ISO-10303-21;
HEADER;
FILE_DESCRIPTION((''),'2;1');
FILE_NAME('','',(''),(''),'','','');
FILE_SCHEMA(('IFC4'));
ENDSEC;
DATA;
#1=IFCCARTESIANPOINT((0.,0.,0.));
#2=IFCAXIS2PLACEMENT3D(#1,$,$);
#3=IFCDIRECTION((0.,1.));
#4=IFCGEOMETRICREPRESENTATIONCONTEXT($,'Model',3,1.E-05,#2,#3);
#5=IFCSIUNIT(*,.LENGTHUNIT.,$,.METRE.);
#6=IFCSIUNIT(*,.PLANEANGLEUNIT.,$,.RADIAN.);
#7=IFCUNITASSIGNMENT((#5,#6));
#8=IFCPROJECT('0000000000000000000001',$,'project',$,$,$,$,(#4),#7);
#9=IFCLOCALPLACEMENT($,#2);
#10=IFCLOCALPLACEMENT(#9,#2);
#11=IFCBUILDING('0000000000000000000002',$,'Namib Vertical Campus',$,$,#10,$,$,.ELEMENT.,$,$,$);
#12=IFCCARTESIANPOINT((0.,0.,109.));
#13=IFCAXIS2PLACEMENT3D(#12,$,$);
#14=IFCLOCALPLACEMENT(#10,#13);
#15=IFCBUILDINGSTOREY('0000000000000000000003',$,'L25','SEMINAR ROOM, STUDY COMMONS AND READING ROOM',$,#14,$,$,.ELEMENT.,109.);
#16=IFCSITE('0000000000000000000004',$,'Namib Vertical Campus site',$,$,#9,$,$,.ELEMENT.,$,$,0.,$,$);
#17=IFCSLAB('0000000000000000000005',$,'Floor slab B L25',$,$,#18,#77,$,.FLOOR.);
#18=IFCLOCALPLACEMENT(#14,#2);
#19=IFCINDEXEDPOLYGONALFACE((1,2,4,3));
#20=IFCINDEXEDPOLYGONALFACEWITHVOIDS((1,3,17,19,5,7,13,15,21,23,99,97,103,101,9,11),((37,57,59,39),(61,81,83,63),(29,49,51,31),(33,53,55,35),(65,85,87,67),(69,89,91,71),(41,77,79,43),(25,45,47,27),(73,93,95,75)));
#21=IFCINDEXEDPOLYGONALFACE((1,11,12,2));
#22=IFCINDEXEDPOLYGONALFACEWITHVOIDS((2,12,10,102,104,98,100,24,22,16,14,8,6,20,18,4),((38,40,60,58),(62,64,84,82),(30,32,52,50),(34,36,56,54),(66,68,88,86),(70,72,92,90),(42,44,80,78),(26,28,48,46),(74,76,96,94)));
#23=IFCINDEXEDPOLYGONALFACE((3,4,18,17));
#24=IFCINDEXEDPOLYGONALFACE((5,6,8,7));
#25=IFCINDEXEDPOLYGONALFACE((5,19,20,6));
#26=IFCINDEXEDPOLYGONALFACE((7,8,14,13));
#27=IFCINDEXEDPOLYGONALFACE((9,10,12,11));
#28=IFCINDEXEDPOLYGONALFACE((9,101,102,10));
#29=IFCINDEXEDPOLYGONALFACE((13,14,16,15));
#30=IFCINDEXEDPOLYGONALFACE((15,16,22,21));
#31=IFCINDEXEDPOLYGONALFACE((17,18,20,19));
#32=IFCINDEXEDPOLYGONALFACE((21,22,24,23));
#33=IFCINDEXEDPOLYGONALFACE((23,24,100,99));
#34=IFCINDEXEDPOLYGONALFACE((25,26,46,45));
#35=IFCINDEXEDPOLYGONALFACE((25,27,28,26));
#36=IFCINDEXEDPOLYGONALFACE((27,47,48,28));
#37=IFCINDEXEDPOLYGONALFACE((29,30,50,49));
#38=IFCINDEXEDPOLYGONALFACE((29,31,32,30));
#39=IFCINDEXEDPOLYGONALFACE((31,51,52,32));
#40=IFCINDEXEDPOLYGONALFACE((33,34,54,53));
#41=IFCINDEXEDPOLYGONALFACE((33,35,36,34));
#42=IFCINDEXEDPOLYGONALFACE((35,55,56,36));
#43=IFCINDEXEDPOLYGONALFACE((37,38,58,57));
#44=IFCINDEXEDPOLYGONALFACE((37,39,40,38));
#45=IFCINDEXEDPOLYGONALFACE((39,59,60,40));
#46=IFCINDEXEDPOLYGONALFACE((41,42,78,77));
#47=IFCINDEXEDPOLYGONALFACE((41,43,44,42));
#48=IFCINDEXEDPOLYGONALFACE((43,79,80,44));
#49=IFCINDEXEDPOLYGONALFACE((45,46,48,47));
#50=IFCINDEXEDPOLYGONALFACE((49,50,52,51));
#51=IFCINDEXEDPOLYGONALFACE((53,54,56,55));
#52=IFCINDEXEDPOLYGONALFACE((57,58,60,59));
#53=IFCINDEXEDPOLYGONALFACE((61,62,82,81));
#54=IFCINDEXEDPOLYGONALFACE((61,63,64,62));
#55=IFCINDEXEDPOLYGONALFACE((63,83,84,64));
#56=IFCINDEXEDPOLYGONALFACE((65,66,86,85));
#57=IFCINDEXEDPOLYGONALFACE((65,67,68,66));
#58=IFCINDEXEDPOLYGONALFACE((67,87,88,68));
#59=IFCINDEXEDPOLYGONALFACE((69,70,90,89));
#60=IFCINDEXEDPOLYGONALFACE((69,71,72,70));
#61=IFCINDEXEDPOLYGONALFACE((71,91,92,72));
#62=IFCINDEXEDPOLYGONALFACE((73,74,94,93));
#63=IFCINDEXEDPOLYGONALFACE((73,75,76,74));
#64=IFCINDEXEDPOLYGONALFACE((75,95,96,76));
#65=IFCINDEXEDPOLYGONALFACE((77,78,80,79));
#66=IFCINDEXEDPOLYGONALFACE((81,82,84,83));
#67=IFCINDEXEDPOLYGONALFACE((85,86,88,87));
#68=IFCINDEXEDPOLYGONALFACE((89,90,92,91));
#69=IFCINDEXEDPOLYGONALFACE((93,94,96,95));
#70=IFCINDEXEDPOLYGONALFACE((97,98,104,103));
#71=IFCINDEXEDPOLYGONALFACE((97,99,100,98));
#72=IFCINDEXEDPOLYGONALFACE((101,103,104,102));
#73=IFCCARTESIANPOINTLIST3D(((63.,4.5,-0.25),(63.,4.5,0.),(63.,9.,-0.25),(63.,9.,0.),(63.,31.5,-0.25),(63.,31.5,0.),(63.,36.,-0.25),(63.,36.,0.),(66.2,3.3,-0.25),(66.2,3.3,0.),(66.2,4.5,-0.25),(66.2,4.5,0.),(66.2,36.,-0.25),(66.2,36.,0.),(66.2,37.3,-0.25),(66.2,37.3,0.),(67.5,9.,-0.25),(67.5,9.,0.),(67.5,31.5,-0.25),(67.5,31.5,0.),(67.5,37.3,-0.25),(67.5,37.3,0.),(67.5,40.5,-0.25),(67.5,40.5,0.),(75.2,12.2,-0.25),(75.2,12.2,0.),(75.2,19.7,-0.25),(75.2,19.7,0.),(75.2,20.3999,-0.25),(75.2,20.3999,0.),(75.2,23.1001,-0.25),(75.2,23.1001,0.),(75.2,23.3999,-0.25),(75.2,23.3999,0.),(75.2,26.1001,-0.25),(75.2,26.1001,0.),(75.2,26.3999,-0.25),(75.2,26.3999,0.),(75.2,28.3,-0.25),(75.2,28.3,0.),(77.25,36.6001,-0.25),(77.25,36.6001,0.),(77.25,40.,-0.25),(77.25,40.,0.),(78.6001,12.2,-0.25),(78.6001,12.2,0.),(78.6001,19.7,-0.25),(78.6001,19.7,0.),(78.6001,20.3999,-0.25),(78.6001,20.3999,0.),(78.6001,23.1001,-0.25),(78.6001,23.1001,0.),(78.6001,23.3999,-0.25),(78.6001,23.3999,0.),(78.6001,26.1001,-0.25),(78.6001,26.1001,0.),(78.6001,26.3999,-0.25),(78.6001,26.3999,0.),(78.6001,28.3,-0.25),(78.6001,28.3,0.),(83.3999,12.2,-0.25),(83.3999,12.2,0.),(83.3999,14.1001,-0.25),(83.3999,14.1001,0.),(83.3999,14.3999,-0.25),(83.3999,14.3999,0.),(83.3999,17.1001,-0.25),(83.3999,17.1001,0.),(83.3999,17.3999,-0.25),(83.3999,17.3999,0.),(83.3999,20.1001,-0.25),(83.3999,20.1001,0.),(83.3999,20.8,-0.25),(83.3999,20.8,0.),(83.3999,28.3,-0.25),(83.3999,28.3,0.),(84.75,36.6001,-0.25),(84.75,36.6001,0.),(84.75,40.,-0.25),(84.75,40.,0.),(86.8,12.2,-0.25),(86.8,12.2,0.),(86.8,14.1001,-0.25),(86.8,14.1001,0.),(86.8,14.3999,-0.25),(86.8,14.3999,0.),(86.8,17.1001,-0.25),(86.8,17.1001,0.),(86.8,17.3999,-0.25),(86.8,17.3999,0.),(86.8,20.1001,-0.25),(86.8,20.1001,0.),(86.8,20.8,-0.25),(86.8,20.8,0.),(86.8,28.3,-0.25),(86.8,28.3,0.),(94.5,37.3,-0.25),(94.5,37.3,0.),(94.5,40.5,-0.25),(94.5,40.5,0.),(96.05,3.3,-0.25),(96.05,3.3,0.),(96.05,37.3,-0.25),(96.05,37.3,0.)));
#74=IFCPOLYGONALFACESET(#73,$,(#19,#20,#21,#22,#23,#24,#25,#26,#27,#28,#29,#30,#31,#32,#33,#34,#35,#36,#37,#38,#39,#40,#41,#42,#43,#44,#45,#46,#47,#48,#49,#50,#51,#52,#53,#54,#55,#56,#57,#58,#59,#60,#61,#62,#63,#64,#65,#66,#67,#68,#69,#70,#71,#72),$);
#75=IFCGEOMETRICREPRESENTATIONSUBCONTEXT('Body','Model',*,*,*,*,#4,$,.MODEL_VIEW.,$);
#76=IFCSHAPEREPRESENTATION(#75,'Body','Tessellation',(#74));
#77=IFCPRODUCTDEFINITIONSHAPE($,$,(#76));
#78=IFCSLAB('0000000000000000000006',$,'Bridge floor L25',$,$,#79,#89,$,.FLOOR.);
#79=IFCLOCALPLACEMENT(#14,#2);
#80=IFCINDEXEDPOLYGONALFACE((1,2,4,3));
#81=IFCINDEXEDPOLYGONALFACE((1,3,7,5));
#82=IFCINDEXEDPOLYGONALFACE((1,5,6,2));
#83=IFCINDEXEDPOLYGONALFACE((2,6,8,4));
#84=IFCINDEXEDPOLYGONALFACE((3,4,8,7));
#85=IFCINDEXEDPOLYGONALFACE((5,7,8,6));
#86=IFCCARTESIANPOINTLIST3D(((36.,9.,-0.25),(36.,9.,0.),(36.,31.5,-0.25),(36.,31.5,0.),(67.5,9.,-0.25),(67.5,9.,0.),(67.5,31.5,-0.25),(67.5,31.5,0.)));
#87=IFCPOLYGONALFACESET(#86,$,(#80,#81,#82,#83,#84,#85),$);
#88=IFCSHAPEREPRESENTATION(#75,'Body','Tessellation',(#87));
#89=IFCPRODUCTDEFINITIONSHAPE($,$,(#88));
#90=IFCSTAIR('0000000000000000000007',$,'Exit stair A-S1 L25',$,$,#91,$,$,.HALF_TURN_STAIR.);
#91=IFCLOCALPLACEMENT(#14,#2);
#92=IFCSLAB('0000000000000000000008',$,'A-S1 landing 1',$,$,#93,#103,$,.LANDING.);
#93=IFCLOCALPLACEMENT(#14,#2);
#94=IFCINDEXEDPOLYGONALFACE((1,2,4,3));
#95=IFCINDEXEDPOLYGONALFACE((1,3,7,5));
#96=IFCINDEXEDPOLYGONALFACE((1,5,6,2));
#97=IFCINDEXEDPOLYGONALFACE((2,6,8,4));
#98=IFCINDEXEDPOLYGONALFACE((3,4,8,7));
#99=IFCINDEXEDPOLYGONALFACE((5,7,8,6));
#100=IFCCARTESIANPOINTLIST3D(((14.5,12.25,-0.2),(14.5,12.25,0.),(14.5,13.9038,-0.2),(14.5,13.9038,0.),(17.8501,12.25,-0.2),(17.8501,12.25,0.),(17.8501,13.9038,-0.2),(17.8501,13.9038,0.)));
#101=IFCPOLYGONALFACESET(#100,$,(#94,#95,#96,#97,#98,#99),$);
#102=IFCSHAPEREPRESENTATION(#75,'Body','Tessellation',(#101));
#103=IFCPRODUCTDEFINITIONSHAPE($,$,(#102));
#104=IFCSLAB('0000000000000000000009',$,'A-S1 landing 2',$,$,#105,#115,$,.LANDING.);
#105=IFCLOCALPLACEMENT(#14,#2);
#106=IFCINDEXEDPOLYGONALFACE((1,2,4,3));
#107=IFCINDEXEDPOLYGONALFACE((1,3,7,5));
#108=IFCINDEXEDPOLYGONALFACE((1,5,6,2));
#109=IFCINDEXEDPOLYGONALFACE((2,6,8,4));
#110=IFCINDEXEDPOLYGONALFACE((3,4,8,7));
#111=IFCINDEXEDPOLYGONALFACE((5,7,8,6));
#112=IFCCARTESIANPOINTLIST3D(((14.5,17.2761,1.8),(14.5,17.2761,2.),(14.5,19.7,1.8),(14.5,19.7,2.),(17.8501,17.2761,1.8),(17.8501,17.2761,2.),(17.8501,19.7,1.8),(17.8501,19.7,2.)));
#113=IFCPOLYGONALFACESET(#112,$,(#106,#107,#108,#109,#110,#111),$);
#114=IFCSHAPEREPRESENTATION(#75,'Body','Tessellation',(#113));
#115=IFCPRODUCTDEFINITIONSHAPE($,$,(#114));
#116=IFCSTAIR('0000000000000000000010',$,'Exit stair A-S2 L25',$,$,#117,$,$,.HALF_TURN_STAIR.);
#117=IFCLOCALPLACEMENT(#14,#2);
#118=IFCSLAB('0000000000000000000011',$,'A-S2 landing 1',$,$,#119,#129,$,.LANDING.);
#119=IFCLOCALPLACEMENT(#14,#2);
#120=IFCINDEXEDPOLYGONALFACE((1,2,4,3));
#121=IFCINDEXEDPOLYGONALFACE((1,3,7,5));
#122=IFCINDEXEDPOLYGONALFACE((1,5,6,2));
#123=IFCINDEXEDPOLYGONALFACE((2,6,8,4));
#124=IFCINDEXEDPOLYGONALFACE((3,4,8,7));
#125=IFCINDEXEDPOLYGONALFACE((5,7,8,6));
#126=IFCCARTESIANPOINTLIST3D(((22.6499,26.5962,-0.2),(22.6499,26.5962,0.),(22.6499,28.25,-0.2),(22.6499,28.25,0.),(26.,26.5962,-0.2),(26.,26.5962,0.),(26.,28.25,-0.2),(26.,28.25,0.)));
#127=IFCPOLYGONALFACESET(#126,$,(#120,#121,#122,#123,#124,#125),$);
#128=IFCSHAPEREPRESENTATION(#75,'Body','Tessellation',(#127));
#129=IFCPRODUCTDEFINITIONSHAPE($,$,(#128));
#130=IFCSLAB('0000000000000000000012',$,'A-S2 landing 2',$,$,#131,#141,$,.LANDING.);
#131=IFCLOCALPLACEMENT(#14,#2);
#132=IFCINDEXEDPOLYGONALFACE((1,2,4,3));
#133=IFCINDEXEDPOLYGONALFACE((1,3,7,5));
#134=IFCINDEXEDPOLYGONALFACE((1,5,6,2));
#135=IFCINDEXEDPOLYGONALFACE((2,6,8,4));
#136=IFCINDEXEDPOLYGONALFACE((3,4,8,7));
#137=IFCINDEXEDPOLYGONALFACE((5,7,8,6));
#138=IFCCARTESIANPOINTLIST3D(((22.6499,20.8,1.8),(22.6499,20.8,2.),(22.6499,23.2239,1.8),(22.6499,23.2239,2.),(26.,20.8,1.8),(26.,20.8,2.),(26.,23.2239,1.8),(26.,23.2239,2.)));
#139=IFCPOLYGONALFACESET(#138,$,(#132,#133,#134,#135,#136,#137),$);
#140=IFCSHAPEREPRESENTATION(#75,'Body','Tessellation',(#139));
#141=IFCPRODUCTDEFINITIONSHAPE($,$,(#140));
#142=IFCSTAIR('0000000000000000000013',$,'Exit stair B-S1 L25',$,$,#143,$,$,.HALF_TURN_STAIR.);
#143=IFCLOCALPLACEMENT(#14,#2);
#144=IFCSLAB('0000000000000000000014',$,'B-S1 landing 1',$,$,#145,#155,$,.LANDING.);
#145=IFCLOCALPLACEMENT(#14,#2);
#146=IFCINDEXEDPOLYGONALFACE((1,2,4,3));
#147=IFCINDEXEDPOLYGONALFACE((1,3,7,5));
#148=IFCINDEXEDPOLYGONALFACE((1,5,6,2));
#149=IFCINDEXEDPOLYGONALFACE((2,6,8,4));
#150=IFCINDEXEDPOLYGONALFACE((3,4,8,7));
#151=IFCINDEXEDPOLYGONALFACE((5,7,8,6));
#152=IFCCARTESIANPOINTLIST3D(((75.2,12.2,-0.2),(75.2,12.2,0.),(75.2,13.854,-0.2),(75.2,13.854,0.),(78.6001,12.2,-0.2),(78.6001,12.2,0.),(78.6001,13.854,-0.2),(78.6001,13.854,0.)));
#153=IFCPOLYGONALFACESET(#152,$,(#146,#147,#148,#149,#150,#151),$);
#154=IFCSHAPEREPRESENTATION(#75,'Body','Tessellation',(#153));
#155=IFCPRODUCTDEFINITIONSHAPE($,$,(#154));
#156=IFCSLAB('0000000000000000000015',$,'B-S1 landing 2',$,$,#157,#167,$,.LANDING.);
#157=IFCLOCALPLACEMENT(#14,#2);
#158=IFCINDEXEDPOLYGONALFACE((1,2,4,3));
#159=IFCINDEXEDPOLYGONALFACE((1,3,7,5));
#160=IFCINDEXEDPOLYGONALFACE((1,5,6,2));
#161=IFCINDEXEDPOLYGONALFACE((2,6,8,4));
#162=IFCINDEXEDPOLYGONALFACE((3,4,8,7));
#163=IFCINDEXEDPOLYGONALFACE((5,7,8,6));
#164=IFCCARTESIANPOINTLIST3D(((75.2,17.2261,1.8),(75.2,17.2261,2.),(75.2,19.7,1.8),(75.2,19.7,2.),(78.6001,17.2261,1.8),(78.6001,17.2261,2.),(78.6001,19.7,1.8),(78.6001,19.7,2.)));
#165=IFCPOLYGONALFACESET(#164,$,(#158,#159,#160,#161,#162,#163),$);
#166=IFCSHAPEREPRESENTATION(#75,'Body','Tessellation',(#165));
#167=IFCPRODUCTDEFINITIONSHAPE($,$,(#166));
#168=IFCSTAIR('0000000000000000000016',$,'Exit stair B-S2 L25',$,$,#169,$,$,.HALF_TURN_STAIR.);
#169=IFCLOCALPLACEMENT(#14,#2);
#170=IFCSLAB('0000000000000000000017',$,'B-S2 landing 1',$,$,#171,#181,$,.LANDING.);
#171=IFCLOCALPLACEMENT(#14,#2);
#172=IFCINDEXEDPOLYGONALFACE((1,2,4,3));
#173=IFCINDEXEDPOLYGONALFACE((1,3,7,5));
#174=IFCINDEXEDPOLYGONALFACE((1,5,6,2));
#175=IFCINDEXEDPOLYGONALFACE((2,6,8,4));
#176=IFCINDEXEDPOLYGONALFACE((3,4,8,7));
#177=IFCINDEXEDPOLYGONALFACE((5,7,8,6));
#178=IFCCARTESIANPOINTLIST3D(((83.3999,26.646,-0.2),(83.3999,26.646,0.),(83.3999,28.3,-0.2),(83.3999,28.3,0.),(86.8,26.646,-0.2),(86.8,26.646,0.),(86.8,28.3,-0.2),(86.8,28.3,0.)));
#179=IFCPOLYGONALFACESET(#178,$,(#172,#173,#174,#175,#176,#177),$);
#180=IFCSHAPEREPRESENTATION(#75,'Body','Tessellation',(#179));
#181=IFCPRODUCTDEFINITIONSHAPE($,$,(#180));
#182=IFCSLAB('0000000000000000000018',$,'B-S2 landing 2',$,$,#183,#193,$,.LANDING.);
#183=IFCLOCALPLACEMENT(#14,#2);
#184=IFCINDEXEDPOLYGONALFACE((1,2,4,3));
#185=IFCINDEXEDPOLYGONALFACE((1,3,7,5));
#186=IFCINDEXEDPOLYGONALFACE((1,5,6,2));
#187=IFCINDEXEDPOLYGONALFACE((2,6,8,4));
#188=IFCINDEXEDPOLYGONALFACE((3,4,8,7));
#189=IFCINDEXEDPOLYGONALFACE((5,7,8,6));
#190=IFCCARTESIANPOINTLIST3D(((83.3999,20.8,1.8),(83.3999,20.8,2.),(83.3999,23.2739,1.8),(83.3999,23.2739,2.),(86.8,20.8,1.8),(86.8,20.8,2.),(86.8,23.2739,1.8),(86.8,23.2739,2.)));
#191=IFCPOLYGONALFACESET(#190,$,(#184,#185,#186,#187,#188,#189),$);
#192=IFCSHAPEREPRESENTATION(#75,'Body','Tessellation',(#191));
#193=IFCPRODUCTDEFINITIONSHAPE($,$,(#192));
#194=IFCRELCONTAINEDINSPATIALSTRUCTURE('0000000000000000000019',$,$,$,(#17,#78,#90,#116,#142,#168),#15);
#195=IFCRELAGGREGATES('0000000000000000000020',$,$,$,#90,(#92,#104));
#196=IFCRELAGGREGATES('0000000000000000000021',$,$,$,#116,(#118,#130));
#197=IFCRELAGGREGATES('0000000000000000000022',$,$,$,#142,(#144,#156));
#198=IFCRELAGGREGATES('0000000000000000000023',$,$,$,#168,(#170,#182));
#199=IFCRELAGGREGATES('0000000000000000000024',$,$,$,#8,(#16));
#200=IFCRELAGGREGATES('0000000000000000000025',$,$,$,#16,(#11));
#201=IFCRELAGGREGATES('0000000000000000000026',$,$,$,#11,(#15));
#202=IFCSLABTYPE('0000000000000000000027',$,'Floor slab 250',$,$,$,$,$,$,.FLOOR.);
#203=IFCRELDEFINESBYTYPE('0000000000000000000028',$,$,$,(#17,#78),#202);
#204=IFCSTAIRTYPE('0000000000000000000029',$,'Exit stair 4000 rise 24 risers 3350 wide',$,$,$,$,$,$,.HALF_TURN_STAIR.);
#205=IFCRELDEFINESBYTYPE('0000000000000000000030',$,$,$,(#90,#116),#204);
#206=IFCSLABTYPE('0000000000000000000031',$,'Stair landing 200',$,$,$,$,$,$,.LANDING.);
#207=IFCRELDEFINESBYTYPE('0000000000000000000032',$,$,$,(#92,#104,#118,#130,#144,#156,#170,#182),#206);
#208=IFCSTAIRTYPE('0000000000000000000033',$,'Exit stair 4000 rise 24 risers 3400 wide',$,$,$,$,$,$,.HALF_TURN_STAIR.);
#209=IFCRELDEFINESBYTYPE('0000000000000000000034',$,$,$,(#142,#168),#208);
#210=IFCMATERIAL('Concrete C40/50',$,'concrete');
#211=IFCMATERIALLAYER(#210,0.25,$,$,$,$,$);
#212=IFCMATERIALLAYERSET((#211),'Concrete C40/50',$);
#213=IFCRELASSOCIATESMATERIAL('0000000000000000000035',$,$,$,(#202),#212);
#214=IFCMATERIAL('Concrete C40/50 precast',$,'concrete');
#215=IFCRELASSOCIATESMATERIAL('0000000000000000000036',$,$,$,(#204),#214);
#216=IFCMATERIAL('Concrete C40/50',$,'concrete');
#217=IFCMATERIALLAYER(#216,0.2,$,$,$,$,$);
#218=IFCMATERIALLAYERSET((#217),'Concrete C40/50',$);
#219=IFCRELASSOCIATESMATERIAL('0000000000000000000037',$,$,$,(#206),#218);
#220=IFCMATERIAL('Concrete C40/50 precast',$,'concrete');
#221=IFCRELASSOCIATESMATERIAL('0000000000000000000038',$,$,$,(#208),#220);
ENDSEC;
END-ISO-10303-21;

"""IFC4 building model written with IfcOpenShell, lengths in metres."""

from ifc_helpers import new_model, si_unit, direction, frame, origin, place, context, subcontext, project, spatial, polyline, outline, extrude, material, layer, layer_set, type_object, element, aggregate, save


model = new_model("IFC4")

# Units and contexts
model_context = context("Model", 3, precision=1e-05, world=origin(), true_north=direction((0.0, 1.0)))
body_context = subcontext(model_context, "Body", "Model", "MODEL_VIEW")
ifc_project = project(units=[si_unit("LENGTHUNIT", "METRE"), si_unit("PLANEANGLEUNIT", "RADIAN")], contexts=[model_context])

# Site, building, storey
site_placement = place(None, origin())
site = spatial("IfcSite", under=ifc_project, at=site_placement, Name="Namib Vertical Campus site", CompositionType="ELEMENT", RefElevation=0.0)
building_placement = place(site_placement, origin())
building = spatial("IfcBuilding", under=site, at=building_placement, Name="Namib Vertical Campus", CompositionType="ELEMENT")
storey_placement = place(building_placement, frame((0.0, 0.0, 109.0)))
storey = spatial("IfcBuildingStorey", under=building, at=storey_placement, Name="L25", Description="SEMINAR ROOM, STUDY COMMONS AND READING ROOM", CompositionType="ELEMENT", Elevation=109.0)

# Slabs
ifc_material_1 = material(Name="Concrete C40/50", Category="concrete")
ifc_layer_1 = layer(ifc_material_1, 0.25)
ifc_layer_set_1 = layer_set([ifc_layer_1], Name="Concrete C40/50")
slab_type_1 = type_object("IfcSlabType", Name="Floor slab 250", PredefinedType="FLOOR", material=ifc_layer_set_1)
slab_1_placement = place(storey_placement, frame((0.0, 0.0, -0.25)))
element("IfcSlab", 1, at=slab_1_placement, inside=storey, type_object=slab_type_1, Name="Floor slab B L25", PredefinedType="FLOOR", context=body_context, shape_type="SweptSolid", body=[
    extrude(outline(polyline([(63.0, 9.0), (63.0, 4.5), (66.2, 4.5), (66.2, 3.3), (96.05, 3.3), (96.05, 37.3), (94.5, 37.3), (94.5, 40.5), (67.5, 40.5), (67.5, 37.3), (66.2, 37.3), (66.2, 36.0), (63.0, 36.0), (63.0, 31.5), (67.5, 31.5), (67.5, 9.0), (63.0, 9.0)]), holes=[polyline([(75.2, 12.2), (78.6001, 12.2), (78.6001, 19.7), (75.2, 19.7), (75.2, 12.2)]), polyline([(83.3999, 20.8), (86.8, 20.8), (86.8, 28.3), (83.3999, 28.3), (83.3999, 20.8)]), polyline([(83.3999, 12.2), (86.8, 12.2), (86.8, 14.1001), (83.3999, 14.1001), (83.3999, 12.2)]), polyline([(75.2, 20.3999), (78.6001, 20.3999), (78.6001, 23.1001), (75.2, 23.1001), (75.2, 20.3999)]), polyline([(75.2, 23.3999), (78.6001, 23.3999), (78.6001, 26.1001), (75.2, 26.1001), (75.2, 23.3999)]), polyline([(75.2, 26.3999), (78.6001, 26.3999), (78.6001, 28.3), (75.2, 28.3), (75.2, 26.3999)]), polyline([(83.3999, 14.3999), (86.8, 14.3999), (86.8, 17.1001), (83.3999, 17.1001), (83.3999, 14.3999)]), polyline([(83.3999, 17.3999), (86.8, 17.3999), (86.8, 20.1001), (83.3999, 20.1001), (83.3999, 17.3999)]), polyline([(77.25, 36.6001), (84.75, 36.6001), (84.75, 40.0), (77.25, 40.0), (77.25, 36.6001)])]), origin(), (0.0, 0.0, 1.0), 0.25),
])
slab_2_placement = place(storey_placement, frame((0.0, 0.0, -0.25)))
element("IfcSlab", 2, at=slab_2_placement, inside=storey, type_object=slab_type_1, Name="Bridge floor L25", PredefinedType="FLOOR", context=body_context, shape_type="SweptSolid", body=[
    extrude(outline(polyline([(36.0, 9.0), (67.5, 9.0), (67.5, 31.5), (36.0, 31.5), (36.0, 9.0)])), origin(), (0.0, 0.0, 1.0), 0.25),
])

# Stairs, slabs
ifc_material_2 = material(Name="Concrete C40/50 precast", Category="concrete")
stair_type_1 = type_object("IfcStairType", Name="Exit stair 4000 rise 24 risers 3350 wide", PredefinedType="HALF_TURN_STAIR", material=ifc_material_2)
stair_1_placement = place(storey_placement, origin())
stair_1 = element("IfcStair", 3, at=stair_1_placement, inside=storey, type_object=stair_type_1, Name="Exit stair A-S1 L25", PredefinedType="HALF_TURN_STAIR")
ifc_material_3 = material(Name="Concrete C40/50", Category="concrete")
ifc_layer_2 = layer(ifc_material_3, 0.2)
ifc_layer_set_2 = layer_set([ifc_layer_2], Name="Concrete C40/50")
slab_type_2 = type_object("IfcSlabType", Name="Stair landing 200", PredefinedType="LANDING", material=ifc_layer_set_2)
slab_3_placement = place(storey_placement, frame((0.0, 0.0, -0.2)))
slab_3 = element("IfcSlab", 4, at=slab_3_placement, type_object=slab_type_2, Name="A-S1 landing 1", PredefinedType="LANDING", context=body_context, shape_type="SweptSolid", body=[
    extrude(outline(polyline([(14.5, 12.25), (17.8501, 12.25), (17.8501, 13.9038), (14.5, 13.9038), (14.5, 12.25)])), origin(), (0.0, 0.0, 1.0), 0.2),
])
slab_4_placement = place(storey_placement, frame((0.0, 0.0, 1.8)))
slab_4 = element("IfcSlab", 5, at=slab_4_placement, type_object=slab_type_2, Name="A-S1 landing 2", PredefinedType="LANDING", context=body_context, shape_type="SweptSolid", body=[
    extrude(outline(polyline([(14.5, 17.2761), (17.8501, 17.2761), (17.8501, 19.7), (14.5, 19.7), (14.5, 17.2761)])), origin(), (0.0, 0.0, 1.0), 0.2),
])
aggregate(stair_1, [slab_3, slab_4])
stair_2_placement = place(storey_placement, origin())
stair_2 = element("IfcStair", 6, at=stair_2_placement, inside=storey, type_object=stair_type_1, Name="Exit stair A-S2 L25", PredefinedType="HALF_TURN_STAIR")
slab_5_placement = place(storey_placement, frame((0.0, 0.0, -0.2)))
slab_5 = element("IfcSlab", 7, at=slab_5_placement, type_object=slab_type_2, Name="A-S2 landing 1", PredefinedType="LANDING", context=body_context, shape_type="SweptSolid", body=[
    extrude(outline(polyline([(22.6499, 26.5962), (26.0, 26.5962), (26.0, 28.25), (22.6499, 28.25), (22.6499, 26.5962)])), origin(), (0.0, 0.0, 1.0), 0.2),
])
slab_6_placement = place(storey_placement, frame((0.0, 0.0, 1.8)))
slab_6 = element("IfcSlab", 8, at=slab_6_placement, type_object=slab_type_2, Name="A-S2 landing 2", PredefinedType="LANDING", context=body_context, shape_type="SweptSolid", body=[
    extrude(outline(polyline([(22.6499, 20.8), (26.0, 20.8), (26.0, 23.2239), (22.6499, 23.2239), (22.6499, 20.8)])), origin(), (0.0, 0.0, 1.0), 0.2),
])
aggregate(stair_2, [slab_5, slab_6])
ifc_material_4 = material(Name="Concrete C40/50 precast", Category="concrete")
stair_type_2 = type_object("IfcStairType", Name="Exit stair 4000 rise 24 risers 3400 wide", PredefinedType="HALF_TURN_STAIR", material=ifc_material_4)
stair_3_placement = place(storey_placement, origin())
stair_3 = element("IfcStair", 9, at=stair_3_placement, inside=storey, type_object=stair_type_2, Name="Exit stair B-S1 L25", PredefinedType="HALF_TURN_STAIR")
slab_7_placement = place(storey_placement, frame((0.0, 0.0, -0.2)))
slab_7 = element("IfcSlab", 10, at=slab_7_placement, type_object=slab_type_2, Name="B-S1 landing 1", PredefinedType="LANDING", context=body_context, shape_type="SweptSolid", body=[
    extrude(outline(polyline([(75.2, 12.2), (78.6001, 12.2), (78.6001, 13.854), (75.2, 13.854), (75.2, 12.2)])), origin(), (0.0, 0.0, 1.0), 0.2),
])
slab_8_placement = place(storey_placement, frame((0.0, 0.0, 1.8)))
slab_8 = element("IfcSlab", 11, at=slab_8_placement, type_object=slab_type_2, Name="B-S1 landing 2", PredefinedType="LANDING", context=body_context, shape_type="SweptSolid", body=[
    extrude(outline(polyline([(75.2, 17.2261), (78.6001, 17.2261), (78.6001, 19.7), (75.2, 19.7), (75.2, 17.2261)])), origin(), (0.0, 0.0, 1.0), 0.2),
])
aggregate(stair_3, [slab_7, slab_8])
stair_4_placement = place(storey_placement, origin())
stair_4 = element("IfcStair", 12, at=stair_4_placement, inside=storey, type_object=stair_type_2, Name="Exit stair B-S2 L25", PredefinedType="HALF_TURN_STAIR")
slab_9_placement = place(storey_placement, frame((0.0, 0.0, -0.2)))
slab_9 = element("IfcSlab", 13, at=slab_9_placement, type_object=slab_type_2, Name="B-S2 landing 1", PredefinedType="LANDING", context=body_context, shape_type="SweptSolid", body=[
    extrude(outline(polyline([(83.3999, 26.646), (86.8, 26.646), (86.8, 28.3), (83.3999, 28.3), (83.3999, 26.646)])), origin(), (0.0, 0.0, 1.0), 0.2),
])
slab_10_placement = place(storey_placement, frame((0.0, 0.0, 1.8)))
slab_10 = element("IfcSlab", 14, at=slab_10_placement, type_object=slab_type_2, Name="B-S2 landing 2", PredefinedType="LANDING", context=body_context, shape_type="SweptSolid", body=[
    extrude(outline(polyline([(83.3999, 20.8), (86.8, 20.8), (86.8, 23.2739), (83.3999, 23.2739), (83.3999, 20.8)])), origin(), (0.0, 0.0, 1.0), 0.2),
])
aggregate(stair_4, [slab_9, slab_10])

save(model, "model.ifc")
